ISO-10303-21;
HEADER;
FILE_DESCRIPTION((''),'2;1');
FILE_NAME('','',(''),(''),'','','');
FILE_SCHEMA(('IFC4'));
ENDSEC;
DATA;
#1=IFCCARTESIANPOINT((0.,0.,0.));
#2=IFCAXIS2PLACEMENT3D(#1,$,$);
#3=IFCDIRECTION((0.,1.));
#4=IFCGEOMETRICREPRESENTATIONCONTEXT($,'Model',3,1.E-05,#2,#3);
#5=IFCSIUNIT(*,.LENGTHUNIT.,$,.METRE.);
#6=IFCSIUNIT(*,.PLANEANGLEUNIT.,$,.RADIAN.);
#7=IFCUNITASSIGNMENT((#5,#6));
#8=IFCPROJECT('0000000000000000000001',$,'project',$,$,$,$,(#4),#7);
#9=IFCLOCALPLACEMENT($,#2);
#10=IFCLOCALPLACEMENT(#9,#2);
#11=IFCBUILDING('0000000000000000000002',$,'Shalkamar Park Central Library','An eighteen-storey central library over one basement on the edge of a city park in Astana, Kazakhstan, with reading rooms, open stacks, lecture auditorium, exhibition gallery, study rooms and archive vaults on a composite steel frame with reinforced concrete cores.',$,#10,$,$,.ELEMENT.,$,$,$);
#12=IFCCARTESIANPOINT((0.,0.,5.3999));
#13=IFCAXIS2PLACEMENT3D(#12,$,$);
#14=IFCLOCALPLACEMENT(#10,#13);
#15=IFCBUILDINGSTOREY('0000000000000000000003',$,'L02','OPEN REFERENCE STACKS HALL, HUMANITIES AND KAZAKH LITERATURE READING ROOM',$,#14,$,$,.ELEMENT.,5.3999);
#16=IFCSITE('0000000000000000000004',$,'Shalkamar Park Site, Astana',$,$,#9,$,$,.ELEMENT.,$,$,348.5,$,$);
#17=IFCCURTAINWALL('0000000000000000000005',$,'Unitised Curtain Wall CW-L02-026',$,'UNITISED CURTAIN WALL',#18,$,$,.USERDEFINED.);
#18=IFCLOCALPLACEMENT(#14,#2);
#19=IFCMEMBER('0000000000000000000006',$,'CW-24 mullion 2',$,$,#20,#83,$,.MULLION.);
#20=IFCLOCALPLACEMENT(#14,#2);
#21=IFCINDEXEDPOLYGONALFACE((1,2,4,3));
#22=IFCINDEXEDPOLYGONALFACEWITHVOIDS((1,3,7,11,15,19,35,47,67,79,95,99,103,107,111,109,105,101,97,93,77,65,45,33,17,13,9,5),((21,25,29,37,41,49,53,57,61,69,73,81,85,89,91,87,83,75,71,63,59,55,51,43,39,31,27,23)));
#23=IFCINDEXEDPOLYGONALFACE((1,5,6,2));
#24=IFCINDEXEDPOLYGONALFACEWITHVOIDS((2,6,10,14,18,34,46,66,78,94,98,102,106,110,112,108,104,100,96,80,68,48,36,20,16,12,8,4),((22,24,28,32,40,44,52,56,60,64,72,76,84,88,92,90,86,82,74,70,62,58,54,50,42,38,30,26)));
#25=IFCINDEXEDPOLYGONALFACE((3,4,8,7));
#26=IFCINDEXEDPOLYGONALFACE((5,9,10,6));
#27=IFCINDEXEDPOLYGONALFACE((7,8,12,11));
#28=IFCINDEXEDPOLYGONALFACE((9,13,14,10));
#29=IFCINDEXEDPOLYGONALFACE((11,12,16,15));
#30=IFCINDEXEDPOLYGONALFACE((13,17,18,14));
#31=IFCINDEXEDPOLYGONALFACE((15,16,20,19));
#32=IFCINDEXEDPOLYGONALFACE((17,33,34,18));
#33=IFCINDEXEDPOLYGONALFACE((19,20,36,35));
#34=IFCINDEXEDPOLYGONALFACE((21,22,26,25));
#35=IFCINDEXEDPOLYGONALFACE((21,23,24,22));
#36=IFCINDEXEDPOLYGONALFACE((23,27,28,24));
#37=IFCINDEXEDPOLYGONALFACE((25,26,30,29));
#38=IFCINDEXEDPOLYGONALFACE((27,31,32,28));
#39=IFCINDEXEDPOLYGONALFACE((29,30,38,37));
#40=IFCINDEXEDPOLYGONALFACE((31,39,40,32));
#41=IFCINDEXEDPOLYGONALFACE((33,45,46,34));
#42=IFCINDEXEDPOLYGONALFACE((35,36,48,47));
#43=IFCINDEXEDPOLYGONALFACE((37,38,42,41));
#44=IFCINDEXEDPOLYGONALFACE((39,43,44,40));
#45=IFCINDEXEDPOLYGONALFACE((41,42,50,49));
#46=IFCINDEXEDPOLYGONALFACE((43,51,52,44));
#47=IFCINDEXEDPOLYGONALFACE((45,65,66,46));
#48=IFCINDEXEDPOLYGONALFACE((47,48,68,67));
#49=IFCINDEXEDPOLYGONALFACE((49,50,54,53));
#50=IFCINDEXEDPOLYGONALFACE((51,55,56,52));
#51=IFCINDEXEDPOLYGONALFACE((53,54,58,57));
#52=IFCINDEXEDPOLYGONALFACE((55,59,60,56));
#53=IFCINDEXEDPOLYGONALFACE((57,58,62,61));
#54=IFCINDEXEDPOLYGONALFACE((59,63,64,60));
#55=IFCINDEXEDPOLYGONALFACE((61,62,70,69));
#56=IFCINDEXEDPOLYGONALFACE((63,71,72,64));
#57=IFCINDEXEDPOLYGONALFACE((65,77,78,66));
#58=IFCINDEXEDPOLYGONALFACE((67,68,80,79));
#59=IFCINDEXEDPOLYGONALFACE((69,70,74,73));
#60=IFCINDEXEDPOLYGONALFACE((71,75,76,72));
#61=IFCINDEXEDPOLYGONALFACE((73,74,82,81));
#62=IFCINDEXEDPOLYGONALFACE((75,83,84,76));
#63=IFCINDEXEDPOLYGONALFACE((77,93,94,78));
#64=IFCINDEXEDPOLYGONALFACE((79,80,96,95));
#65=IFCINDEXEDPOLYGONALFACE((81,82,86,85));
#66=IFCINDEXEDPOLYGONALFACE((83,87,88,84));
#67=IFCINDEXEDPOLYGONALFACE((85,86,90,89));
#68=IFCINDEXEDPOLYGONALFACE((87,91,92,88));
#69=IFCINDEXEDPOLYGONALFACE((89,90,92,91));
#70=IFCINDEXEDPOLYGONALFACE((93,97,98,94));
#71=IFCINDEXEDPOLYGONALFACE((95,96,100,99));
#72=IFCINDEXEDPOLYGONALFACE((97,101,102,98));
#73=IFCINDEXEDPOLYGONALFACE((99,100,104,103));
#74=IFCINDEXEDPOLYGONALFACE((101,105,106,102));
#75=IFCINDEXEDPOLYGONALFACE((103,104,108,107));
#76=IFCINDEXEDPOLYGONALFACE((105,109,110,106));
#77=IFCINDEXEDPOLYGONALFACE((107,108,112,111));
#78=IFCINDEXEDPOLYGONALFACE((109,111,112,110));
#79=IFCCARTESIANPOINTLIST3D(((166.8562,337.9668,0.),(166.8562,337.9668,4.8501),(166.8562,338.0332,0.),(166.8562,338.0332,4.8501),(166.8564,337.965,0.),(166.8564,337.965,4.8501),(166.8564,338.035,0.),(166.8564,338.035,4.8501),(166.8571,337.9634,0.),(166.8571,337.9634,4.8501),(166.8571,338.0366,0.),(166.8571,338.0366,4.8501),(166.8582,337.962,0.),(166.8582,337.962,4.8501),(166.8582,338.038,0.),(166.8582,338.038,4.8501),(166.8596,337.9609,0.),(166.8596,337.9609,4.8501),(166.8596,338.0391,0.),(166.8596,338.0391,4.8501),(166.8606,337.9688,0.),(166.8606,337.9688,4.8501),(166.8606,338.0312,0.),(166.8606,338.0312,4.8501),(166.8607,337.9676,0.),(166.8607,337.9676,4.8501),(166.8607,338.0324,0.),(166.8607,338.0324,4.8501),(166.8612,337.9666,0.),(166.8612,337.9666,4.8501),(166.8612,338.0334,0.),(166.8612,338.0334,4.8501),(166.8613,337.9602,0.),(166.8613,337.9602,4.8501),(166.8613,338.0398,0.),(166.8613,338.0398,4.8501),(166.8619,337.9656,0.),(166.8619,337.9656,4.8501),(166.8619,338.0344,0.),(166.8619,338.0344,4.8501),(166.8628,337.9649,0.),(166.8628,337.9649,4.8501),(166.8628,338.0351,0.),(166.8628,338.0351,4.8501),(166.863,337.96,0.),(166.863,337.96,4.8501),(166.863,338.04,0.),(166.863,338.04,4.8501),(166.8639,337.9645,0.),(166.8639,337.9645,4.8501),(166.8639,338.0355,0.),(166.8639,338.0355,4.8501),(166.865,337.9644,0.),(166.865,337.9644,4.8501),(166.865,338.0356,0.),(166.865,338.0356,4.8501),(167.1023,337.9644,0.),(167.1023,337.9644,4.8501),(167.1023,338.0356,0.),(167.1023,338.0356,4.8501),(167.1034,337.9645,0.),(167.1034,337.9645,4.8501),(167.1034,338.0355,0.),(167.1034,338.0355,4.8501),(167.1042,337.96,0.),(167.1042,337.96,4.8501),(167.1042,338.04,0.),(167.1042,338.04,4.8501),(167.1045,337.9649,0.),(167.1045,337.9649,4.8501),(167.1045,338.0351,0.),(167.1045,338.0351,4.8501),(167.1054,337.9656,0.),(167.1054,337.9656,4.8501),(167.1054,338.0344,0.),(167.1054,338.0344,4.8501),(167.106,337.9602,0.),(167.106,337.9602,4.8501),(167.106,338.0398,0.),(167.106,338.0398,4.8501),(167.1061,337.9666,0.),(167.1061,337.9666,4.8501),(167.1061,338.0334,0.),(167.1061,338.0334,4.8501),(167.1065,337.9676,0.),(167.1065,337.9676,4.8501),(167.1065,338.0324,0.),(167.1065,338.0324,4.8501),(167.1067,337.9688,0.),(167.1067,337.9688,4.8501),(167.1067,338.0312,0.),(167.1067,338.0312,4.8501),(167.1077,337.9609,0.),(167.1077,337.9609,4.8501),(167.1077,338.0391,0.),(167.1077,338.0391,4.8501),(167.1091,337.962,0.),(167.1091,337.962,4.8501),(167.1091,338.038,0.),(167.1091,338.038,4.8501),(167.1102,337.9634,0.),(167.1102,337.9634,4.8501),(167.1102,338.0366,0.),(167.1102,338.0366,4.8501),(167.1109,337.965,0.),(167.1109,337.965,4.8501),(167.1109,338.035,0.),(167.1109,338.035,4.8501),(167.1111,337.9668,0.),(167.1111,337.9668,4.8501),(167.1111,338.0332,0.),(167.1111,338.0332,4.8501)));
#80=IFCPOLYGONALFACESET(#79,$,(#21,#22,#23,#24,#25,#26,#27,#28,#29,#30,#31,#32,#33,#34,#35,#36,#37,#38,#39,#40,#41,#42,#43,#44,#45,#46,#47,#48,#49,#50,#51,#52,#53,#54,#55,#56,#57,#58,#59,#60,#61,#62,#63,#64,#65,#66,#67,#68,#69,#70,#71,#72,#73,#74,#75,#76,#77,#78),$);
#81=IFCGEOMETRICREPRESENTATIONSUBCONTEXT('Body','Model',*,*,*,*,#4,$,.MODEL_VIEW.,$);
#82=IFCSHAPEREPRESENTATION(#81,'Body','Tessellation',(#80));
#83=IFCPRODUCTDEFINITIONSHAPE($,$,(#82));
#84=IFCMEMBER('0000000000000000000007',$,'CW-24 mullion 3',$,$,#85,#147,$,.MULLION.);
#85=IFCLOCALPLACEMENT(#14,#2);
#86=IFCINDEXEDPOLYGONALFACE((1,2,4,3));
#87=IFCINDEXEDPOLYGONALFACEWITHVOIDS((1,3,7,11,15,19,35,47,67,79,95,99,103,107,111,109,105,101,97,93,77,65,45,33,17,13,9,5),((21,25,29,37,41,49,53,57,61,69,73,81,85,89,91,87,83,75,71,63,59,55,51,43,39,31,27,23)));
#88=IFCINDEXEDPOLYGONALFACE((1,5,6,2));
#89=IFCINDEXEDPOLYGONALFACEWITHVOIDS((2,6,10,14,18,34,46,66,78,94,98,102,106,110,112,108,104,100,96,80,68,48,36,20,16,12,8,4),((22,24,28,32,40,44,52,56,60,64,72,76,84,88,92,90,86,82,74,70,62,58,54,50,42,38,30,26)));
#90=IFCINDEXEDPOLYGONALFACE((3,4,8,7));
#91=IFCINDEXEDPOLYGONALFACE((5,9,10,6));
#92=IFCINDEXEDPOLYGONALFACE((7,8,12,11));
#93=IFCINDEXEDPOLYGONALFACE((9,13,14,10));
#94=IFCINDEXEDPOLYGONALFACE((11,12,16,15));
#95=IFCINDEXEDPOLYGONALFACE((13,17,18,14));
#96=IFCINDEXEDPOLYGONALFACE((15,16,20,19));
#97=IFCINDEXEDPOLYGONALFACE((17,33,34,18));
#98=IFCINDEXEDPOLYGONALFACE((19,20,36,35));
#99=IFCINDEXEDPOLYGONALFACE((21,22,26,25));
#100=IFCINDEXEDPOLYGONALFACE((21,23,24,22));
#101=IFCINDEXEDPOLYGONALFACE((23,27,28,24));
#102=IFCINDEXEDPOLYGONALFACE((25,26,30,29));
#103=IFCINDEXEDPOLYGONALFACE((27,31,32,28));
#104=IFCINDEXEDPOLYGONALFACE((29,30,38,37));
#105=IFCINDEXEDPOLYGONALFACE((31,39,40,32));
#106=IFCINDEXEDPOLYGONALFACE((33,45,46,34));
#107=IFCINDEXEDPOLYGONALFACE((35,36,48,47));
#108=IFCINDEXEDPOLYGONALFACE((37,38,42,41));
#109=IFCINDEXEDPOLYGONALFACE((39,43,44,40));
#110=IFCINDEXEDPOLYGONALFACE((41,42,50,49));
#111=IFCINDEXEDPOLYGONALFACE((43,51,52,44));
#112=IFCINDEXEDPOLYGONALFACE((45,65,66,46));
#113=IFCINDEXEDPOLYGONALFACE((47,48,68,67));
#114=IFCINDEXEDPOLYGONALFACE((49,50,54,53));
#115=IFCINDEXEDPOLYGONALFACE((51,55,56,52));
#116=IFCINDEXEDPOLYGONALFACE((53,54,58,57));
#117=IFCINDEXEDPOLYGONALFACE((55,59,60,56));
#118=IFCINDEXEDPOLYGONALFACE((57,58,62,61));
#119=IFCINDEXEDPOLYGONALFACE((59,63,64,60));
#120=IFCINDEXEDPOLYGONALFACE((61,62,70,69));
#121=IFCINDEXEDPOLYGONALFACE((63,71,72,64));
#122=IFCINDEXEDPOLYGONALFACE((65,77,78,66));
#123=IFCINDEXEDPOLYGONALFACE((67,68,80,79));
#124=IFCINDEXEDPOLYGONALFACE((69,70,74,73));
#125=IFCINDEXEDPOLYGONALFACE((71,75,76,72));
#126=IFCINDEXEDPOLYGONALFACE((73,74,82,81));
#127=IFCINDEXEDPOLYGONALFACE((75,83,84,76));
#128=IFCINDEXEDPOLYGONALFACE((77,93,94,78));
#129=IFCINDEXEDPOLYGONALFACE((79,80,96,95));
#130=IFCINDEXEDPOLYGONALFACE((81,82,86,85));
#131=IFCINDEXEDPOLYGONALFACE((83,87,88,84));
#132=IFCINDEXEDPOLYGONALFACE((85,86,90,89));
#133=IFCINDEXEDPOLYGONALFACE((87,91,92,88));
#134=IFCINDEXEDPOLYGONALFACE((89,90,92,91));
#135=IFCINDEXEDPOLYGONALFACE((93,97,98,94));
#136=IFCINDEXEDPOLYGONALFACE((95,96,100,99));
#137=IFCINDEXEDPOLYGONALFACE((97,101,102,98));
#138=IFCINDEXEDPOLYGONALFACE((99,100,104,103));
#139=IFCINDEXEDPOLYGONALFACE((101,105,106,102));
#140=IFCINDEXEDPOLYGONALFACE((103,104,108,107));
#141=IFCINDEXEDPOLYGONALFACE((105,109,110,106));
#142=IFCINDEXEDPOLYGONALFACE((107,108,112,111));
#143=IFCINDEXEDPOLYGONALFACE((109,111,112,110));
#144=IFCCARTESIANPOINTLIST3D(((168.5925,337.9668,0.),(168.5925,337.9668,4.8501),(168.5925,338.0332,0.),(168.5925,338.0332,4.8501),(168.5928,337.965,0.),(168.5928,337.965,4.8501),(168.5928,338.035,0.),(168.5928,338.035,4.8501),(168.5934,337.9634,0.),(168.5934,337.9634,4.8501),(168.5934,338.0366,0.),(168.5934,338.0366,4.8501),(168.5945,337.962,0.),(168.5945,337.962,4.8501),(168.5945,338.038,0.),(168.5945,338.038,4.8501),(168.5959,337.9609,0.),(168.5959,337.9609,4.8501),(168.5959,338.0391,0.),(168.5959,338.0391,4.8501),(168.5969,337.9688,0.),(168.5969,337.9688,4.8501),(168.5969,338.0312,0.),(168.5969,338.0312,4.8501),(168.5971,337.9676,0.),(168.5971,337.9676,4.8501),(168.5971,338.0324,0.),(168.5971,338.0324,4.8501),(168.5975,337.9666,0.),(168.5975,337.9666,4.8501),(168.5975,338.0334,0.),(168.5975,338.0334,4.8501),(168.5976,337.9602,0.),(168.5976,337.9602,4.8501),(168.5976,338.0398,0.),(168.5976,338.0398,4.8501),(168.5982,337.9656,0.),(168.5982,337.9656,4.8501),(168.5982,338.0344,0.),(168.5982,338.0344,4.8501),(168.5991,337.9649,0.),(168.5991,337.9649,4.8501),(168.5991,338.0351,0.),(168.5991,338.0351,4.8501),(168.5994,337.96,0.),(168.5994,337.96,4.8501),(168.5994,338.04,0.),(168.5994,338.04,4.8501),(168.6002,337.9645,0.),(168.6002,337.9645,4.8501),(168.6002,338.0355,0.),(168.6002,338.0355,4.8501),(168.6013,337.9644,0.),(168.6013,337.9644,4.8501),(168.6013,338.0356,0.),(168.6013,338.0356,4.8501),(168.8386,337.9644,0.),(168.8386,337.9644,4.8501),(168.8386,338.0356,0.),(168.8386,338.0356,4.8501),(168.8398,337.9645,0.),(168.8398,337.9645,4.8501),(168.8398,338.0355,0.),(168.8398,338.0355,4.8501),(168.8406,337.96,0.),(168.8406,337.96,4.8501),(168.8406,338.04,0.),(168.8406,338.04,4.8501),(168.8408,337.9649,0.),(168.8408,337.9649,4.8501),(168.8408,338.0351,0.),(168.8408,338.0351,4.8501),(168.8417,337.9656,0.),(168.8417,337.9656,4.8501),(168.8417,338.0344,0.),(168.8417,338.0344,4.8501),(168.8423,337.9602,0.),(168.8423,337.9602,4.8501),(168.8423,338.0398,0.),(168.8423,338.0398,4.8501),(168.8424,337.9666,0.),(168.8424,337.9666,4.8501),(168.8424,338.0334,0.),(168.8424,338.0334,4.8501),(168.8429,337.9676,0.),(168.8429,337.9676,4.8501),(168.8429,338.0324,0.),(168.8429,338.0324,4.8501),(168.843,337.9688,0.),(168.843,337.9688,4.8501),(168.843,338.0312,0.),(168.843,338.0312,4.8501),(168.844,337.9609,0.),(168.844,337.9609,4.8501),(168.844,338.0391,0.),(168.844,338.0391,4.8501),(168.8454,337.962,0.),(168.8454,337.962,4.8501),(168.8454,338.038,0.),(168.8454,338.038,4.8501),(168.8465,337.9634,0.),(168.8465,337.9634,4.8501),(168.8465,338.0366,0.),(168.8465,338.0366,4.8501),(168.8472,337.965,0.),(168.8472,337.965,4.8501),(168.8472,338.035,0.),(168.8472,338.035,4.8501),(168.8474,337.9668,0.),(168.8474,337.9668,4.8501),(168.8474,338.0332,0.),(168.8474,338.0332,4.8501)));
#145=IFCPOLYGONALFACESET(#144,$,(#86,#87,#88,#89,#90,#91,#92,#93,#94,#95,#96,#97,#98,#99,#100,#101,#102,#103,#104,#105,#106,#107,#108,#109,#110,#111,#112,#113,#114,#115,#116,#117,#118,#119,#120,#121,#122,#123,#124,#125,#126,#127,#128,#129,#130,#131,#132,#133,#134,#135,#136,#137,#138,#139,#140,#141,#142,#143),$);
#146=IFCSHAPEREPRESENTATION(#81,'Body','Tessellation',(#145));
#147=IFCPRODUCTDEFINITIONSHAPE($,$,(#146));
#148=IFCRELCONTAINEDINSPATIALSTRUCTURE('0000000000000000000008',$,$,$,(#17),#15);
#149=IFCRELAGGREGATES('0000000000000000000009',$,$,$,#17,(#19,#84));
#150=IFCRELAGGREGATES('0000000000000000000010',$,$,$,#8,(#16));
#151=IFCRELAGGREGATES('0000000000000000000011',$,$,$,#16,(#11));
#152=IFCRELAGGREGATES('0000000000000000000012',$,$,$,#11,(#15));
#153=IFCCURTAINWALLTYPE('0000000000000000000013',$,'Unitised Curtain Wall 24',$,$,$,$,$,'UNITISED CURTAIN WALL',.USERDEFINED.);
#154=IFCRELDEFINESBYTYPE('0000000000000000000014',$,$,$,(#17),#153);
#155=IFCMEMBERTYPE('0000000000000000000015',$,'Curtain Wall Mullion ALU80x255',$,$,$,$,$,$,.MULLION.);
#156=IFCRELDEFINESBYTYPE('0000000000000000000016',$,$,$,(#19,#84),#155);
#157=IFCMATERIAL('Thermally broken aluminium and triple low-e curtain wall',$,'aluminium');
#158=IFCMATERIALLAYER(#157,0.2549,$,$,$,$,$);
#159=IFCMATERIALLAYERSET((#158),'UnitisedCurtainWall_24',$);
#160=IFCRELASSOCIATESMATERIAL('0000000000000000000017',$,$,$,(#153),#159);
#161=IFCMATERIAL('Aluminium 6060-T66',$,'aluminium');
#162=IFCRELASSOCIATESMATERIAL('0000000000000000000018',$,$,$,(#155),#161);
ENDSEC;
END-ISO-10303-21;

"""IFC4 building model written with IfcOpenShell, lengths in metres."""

from ifc_helpers import new_model, si_unit, direction, frame, origin, origin_2d, place, context, subcontext, project, spatial, hollow_rectangle, extrude, material, layer, layer_set, material_profile, profile_set, type_object, element, aggregate, save


model = new_model("IFC4")

# Units and contexts
model_context = context("Model", 3, precision=1e-05, world=origin(), true_north=direction((0.0, 1.0)))
body_context = subcontext(model_context, "Body", "Model", "MODEL_VIEW")
ifc_project = project(units=[si_unit("LENGTHUNIT", "METRE"), si_unit("PLANEANGLEUNIT", "RADIAN")], contexts=[model_context])

# Site, building, storey
site_placement = place(None, origin())
site = spatial("IfcSite", under=ifc_project, at=site_placement, Name="Shalkamar Park Site, Astana", CompositionType="ELEMENT", RefElevation=348.5)
building_placement = place(site_placement, origin())
building = spatial("IfcBuilding", under=site, at=building_placement, Name="Shalkamar Park Central Library", Description="An eighteen-storey central library over one basement on the edge of a city park in Astana, Kazakhstan, with reading rooms, open stacks, lecture auditorium, exhibition gallery, study rooms and archive vaults on a composite steel frame with reinforced concrete cores.", CompositionType="ELEMENT")
storey_placement = place(building_placement, frame((0.0, 0.0, 5.3999)))
storey = spatial("IfcBuildingStorey", under=building, at=storey_placement, Name="L02", Description="OPEN REFERENCE STACKS HALL, HUMANITIES AND KAZAKH LITERATURE READING ROOM", CompositionType="ELEMENT", Elevation=5.3999)

# Curtain wall, members
ifc_material_1 = material(Name="Thermally broken aluminium and triple low-e curtain wall", Category="aluminium")
ifc_layer_1 = layer(ifc_material_1, 0.2549)
ifc_layer_set_1 = layer_set([ifc_layer_1], Name="UnitisedCurtainWall_24")
curtain_wall_type_1 = type_object("IfcCurtainWallType", Name="Unitised Curtain Wall 24", ElementType="UNITISED CURTAIN WALL", PredefinedType="USERDEFINED", material=ifc_layer_set_1)
curtain_wall_1_placement = place(storey_placement, origin())
curtain_wall_1 = element("IfcCurtainWall", 1, at=curtain_wall_1_placement, inside=storey, type_object=curtain_wall_type_1, Name="Unitised Curtain Wall CW-L02-026", ObjectType="UNITISED CURTAIN WALL", PredefinedType="USERDEFINED")
ifc_material_2 = material(Name="Aluminium 6060-T66", Category="aluminium")
ifc_material_profile_1 = material_profile(ifc_material_2, hollow_rectangle(XDim=0.0801, YDim=0.2549, WallThickness=0.0044, InnerFilletRadius=0.0044, OuterFilletRadius=0.0068, at=origin_2d()), Name="ALU 80x255x4.5")
ifc_profile_set_1 = profile_set([ifc_material_profile_1], Name="Aluminium 6060-T66")
member_type_1 = type_object("IfcMemberType", Name="Curtain Wall Mullion ALU80x255", PredefinedType="MULLION", material=ifc_profile_set_1)
member_1_placement = place(storey_placement, frame((166.9836, 338.0, 0.0), z_axis=(0.0, 0.0, 1.0), x_axis=(0.0, 1.0, 0.0)))
member_1 = element("IfcMember", 2, at=member_1_placement, type_object=member_type_1, Name="CW-24 mullion 2", PredefinedType="MULLION", context=body_context, shape_type="SweptSolid", body=[
    extrude(hollow_rectangle(XDim=0.0801, YDim=0.2549, WallThickness=0.0044, InnerFilletRadius=0.0044, OuterFilletRadius=0.0068, at=origin_2d()), origin(), (0.0, 0.0, 1.0), 4.8501),
])
member_2_placement = place(storey_placement, frame((168.72, 338.0, 0.0), z_axis=(0.0, 0.0, 1.0), x_axis=(0.0, 1.0, 0.0)))
member_2 = element("IfcMember", 3, at=member_2_placement, type_object=member_type_1, Name="CW-24 mullion 3", PredefinedType="MULLION", context=body_context, shape_type="SweptSolid", body=[
    extrude(hollow_rectangle(XDim=0.0801, YDim=0.2549, WallThickness=0.0044, InnerFilletRadius=0.0044, OuterFilletRadius=0.0068, at=origin_2d()), origin(), (0.0, 0.0, 1.0), 4.8501),
])

aggregate(curtain_wall_1, [member_1, member_2])

save(model, "model.ifc")
